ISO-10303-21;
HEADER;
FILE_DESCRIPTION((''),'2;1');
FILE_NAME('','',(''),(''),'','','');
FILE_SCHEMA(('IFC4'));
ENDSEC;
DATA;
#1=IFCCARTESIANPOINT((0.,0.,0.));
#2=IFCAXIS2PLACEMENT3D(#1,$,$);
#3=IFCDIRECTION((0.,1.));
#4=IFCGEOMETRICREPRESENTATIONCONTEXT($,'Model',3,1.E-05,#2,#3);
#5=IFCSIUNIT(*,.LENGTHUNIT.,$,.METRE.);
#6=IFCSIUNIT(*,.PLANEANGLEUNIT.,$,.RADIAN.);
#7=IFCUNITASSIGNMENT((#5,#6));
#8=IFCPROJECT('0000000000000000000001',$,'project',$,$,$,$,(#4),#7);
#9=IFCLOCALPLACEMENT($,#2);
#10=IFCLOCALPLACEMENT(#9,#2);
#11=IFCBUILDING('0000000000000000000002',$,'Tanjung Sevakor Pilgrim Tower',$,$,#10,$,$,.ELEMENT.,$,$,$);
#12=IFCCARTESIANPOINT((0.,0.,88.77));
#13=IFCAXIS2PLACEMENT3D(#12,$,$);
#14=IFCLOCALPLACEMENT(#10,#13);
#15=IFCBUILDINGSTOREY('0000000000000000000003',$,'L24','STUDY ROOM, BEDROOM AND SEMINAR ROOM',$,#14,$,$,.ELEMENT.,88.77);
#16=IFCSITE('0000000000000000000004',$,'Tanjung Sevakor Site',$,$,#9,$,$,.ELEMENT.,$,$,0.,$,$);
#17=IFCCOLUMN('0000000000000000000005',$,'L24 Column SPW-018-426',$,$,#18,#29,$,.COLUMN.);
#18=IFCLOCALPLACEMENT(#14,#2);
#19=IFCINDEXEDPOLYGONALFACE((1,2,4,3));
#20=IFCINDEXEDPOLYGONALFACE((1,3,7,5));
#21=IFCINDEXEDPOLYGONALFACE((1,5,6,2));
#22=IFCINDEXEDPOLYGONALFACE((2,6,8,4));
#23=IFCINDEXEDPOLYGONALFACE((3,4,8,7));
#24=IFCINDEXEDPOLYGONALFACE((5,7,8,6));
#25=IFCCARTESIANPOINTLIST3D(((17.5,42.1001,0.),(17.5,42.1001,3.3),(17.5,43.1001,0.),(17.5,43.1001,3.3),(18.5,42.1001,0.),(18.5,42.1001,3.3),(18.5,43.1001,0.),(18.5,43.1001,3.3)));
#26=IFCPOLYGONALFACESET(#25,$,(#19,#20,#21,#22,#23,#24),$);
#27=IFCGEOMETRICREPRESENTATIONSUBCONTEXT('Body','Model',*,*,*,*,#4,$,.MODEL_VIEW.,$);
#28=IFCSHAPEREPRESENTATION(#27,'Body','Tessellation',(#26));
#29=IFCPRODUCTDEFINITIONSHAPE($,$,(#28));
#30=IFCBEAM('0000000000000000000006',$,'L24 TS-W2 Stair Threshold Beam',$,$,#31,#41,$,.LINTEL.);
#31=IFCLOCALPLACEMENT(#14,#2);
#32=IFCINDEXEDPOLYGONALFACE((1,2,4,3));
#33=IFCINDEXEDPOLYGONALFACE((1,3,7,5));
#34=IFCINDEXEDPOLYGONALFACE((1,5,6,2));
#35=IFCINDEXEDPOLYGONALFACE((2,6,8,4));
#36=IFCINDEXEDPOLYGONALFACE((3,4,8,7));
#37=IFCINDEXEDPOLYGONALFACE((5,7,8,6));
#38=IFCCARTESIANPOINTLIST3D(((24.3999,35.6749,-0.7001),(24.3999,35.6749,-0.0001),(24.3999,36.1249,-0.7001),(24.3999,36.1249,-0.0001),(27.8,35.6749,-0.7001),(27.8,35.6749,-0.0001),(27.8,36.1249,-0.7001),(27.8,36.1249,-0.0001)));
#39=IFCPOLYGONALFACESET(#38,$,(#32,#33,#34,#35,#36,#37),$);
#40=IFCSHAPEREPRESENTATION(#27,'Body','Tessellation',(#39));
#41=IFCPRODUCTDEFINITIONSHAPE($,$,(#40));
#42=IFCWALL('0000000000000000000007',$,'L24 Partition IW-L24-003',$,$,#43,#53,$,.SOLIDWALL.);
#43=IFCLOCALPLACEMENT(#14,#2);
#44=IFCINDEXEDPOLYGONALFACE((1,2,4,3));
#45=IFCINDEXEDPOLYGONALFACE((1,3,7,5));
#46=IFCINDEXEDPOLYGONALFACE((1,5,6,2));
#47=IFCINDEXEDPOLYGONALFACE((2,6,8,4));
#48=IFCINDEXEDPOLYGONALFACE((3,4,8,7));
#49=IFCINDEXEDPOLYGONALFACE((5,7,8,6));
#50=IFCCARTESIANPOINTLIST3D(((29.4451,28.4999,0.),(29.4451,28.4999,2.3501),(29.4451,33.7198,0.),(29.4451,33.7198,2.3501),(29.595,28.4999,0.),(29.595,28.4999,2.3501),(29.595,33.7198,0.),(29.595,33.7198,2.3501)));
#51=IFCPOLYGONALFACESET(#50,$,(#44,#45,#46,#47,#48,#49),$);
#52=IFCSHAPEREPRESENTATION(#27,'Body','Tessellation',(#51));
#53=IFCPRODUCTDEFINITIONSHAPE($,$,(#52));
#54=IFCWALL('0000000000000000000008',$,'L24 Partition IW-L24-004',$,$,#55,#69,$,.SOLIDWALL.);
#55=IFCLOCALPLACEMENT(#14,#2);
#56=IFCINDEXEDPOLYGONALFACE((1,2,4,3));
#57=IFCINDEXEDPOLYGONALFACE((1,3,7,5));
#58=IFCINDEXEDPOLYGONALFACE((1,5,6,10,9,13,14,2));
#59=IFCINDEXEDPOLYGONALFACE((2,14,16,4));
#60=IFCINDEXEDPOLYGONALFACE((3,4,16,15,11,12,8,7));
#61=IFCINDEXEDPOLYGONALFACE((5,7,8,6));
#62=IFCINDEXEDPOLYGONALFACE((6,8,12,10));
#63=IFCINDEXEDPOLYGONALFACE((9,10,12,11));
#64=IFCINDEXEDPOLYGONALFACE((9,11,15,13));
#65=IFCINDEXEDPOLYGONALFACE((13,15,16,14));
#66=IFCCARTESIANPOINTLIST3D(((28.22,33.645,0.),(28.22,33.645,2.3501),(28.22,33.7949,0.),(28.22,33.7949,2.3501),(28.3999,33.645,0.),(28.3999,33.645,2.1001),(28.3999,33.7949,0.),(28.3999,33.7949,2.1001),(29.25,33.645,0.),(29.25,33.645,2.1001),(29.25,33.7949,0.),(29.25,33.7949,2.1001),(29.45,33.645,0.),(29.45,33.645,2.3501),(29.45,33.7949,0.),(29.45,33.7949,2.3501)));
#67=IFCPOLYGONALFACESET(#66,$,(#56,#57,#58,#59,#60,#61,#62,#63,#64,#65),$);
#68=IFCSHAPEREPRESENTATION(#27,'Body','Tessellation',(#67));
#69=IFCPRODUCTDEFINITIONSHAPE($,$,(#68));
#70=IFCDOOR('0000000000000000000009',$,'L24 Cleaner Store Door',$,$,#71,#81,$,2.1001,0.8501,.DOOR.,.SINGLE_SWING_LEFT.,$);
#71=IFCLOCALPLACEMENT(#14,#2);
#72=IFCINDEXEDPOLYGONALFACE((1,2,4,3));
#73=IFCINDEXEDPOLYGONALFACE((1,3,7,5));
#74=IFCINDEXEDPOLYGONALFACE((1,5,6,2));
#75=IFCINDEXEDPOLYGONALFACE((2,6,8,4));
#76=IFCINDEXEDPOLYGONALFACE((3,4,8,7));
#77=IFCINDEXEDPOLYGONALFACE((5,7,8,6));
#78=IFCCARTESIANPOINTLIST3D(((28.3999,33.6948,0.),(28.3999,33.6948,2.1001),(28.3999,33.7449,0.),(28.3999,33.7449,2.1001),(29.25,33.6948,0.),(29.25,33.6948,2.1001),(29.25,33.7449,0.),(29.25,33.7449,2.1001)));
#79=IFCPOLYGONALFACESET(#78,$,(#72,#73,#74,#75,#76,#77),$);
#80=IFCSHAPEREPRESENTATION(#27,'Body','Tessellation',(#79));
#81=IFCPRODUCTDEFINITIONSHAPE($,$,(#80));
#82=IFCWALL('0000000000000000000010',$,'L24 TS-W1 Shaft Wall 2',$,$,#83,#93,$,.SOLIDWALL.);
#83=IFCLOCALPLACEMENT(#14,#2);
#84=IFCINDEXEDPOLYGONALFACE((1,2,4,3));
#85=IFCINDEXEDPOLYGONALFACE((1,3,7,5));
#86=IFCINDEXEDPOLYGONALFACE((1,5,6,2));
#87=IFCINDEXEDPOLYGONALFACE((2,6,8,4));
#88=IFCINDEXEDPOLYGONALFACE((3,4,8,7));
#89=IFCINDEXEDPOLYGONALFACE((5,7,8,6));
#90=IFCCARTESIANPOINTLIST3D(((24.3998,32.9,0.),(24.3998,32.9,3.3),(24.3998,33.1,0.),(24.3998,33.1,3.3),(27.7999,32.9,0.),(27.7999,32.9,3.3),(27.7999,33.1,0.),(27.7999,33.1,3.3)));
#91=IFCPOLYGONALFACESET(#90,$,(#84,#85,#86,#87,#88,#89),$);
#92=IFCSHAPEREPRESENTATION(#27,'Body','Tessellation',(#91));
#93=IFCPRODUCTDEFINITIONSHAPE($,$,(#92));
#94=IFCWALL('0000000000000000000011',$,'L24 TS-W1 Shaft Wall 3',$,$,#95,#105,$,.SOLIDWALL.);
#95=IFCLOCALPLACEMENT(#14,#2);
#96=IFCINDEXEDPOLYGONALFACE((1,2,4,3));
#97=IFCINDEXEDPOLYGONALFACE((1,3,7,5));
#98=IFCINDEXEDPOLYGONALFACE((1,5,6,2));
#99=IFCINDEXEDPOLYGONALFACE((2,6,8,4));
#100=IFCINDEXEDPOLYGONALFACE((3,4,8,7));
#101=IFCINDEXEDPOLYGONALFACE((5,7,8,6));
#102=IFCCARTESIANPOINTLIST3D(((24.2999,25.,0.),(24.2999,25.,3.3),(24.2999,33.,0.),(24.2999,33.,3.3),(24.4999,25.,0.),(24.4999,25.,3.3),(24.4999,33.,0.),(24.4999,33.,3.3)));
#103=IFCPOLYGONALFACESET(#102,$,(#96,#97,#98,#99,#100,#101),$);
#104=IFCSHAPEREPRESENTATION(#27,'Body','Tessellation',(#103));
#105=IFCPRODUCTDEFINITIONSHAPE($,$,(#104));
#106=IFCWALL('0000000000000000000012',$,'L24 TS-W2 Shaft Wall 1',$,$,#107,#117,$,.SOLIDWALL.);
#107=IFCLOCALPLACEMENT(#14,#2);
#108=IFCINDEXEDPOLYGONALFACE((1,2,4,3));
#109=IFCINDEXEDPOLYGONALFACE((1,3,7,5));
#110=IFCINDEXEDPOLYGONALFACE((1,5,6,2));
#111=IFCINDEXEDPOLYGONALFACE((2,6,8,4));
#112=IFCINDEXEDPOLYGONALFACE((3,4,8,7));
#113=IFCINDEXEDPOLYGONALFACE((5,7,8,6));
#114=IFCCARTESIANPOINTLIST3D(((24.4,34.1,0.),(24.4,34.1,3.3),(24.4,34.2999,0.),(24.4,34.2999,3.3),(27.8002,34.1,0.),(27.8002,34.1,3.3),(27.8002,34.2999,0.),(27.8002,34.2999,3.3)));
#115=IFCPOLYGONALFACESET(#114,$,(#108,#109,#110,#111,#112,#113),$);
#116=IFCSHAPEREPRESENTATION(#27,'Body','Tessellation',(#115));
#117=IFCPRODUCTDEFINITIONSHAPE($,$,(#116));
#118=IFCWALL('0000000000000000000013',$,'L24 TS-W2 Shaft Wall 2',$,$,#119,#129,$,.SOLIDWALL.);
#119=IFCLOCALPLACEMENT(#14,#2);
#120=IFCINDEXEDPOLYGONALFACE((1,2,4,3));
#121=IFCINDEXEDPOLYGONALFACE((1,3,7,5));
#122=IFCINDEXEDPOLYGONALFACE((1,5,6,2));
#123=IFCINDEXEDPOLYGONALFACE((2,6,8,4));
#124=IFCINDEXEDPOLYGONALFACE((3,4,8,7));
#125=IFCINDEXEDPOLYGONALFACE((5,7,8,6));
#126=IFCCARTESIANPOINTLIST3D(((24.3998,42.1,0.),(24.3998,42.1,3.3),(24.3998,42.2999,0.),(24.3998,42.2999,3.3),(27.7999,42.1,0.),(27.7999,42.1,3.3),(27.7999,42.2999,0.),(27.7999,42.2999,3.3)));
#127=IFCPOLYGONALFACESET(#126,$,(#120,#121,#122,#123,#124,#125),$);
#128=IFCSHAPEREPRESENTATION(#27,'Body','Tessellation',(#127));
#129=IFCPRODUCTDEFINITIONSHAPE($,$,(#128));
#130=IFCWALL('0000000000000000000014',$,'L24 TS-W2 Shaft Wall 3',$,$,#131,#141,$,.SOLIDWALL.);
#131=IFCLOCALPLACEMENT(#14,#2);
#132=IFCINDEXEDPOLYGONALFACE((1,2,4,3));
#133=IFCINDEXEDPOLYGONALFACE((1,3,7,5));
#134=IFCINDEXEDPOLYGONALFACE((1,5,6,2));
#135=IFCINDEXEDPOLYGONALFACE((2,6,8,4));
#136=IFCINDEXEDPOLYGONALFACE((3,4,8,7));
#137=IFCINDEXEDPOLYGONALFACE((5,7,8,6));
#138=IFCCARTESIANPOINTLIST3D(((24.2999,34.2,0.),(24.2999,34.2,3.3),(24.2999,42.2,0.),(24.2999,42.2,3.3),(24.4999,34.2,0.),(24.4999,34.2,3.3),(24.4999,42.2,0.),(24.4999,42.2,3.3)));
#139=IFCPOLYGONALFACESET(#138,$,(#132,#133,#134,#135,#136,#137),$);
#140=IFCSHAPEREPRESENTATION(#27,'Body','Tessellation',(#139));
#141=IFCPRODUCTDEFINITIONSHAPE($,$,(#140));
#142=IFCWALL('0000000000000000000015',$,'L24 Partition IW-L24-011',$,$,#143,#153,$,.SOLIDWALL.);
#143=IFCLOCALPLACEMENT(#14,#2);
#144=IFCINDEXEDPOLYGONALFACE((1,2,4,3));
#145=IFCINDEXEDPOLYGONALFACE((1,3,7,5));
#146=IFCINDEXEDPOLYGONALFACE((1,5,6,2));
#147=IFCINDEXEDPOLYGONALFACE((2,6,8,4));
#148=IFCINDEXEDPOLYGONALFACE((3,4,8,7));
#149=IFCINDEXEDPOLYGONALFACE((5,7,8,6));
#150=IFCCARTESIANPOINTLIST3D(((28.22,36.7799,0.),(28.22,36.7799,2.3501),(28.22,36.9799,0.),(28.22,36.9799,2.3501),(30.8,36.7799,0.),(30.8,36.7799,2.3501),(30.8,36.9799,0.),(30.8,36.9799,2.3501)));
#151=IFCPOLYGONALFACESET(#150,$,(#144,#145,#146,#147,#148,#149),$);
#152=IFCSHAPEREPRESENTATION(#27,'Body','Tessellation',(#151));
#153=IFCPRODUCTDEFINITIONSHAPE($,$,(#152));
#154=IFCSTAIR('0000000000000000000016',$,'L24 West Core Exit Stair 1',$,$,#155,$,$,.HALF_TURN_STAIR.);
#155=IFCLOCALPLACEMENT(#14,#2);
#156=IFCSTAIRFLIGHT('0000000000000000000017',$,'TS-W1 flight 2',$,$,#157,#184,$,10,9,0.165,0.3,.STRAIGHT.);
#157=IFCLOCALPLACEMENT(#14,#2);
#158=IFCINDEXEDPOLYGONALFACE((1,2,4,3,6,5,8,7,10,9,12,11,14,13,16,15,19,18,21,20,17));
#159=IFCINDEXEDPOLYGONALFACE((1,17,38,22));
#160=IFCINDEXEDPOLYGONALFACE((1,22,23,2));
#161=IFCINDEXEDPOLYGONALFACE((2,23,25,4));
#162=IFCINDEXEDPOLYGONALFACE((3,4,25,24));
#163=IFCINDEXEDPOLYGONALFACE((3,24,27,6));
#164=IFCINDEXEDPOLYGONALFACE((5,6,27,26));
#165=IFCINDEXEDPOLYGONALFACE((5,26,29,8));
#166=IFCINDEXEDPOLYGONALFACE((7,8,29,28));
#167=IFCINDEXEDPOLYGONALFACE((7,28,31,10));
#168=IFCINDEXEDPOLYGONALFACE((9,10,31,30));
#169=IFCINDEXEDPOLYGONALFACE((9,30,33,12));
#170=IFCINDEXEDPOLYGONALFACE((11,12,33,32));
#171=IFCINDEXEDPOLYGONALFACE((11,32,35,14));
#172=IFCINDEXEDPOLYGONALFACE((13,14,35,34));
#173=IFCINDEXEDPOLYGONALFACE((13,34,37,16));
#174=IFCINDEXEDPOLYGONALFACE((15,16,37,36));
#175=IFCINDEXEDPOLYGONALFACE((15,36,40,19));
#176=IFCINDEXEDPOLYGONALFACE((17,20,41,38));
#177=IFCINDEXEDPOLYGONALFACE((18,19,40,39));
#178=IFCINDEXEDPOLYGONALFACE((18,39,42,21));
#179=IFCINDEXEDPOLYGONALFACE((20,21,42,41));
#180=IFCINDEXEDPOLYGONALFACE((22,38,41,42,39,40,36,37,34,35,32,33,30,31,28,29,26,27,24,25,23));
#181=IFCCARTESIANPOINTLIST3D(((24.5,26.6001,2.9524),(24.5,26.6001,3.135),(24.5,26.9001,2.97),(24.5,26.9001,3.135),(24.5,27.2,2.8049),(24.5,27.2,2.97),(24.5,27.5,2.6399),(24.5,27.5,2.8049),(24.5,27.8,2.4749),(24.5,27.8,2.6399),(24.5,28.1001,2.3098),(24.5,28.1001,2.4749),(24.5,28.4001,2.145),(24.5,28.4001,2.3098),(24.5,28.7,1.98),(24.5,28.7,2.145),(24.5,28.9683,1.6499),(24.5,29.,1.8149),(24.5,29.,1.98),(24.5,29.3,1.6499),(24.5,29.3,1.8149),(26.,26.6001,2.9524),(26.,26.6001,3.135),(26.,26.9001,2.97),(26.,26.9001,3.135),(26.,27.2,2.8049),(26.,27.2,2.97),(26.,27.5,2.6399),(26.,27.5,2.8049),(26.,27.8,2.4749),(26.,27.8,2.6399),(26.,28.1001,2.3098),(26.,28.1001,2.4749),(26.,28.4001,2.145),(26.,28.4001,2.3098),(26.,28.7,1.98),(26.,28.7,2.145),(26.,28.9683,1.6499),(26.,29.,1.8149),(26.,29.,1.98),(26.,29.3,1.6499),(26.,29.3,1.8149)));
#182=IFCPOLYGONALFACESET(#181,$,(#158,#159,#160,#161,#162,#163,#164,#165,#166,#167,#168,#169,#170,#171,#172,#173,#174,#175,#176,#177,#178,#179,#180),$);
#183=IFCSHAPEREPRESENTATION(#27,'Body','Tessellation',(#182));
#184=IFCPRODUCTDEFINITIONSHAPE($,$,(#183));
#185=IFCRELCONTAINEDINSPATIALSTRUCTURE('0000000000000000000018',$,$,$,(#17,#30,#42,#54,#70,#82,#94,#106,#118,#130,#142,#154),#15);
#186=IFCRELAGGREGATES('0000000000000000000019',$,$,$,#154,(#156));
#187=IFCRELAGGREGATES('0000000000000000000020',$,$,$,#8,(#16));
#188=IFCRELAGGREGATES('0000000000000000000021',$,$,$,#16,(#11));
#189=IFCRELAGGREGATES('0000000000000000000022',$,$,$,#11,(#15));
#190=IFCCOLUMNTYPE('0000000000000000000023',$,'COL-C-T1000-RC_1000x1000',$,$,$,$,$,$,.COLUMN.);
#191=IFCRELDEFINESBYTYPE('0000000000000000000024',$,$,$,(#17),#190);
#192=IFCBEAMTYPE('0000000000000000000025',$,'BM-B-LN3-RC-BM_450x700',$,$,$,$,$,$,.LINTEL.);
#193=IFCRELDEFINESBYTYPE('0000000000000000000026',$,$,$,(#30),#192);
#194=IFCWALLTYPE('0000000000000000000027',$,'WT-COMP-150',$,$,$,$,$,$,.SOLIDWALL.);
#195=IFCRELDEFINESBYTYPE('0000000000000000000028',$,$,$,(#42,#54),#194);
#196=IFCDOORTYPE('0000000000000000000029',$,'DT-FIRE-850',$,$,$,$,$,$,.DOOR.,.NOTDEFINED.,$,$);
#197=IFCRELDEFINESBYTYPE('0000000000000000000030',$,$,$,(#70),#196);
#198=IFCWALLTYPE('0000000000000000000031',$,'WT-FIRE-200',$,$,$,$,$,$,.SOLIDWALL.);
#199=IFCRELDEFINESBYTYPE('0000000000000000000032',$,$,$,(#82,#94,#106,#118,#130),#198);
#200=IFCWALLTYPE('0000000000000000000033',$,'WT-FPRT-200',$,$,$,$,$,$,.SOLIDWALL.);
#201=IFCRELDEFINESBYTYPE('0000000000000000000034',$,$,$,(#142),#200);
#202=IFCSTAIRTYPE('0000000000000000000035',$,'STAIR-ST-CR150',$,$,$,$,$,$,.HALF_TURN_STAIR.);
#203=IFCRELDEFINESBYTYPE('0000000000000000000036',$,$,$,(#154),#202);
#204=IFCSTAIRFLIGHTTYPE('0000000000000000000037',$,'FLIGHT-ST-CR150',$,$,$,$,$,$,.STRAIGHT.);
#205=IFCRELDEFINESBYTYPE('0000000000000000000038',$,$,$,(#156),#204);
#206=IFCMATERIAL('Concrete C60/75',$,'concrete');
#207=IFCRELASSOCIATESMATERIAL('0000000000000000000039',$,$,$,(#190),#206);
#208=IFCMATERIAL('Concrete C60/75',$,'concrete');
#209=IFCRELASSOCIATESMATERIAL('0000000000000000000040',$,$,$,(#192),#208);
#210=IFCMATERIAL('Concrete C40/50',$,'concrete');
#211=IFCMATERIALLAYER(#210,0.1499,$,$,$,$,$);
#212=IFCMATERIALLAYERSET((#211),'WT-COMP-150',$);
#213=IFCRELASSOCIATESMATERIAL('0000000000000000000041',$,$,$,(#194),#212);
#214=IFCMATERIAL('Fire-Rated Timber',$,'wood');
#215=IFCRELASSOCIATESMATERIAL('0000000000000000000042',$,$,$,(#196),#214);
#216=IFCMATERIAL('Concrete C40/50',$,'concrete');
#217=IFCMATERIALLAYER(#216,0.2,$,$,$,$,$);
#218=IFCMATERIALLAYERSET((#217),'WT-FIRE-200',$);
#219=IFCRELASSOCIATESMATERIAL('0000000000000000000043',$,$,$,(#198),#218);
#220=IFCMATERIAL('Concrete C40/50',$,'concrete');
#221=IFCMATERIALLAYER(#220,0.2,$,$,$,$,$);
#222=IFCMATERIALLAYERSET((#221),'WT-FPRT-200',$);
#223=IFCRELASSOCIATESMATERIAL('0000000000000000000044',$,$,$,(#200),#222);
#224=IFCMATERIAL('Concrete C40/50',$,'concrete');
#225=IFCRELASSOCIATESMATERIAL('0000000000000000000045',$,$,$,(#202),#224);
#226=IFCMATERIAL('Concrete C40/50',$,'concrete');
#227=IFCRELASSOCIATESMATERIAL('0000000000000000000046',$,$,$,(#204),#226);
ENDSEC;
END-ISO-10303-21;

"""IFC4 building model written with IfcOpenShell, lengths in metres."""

from ifc_helpers import new_model, si_unit, direction, frame, frame_2d, origin, origin_2d, place, context, subcontext, project, spatial, polyline, rectangle, outline, extrude, material, layer, layer_set, material_profile, profile_set, type_object, element, fill, aggregate, save


model = new_model("IFC4")

# Units and contexts
model_context = context("Model", 3, precision=1e-05, world=origin(), true_north=direction((0.0, 1.0)))
body_context = subcontext(model_context, "Body", "Model", "MODEL_VIEW")
ifc_project = project(units=[si_unit("LENGTHUNIT", "METRE"), si_unit("PLANEANGLEUNIT", "RADIAN")], contexts=[model_context])

# Site, building, storey
site_placement = place(None, origin())
site = spatial("IfcSite", under=ifc_project, at=site_placement, Name="Tanjung Sevakor Site", CompositionType="ELEMENT", RefElevation=0.0)
building_placement = place(site_placement, origin())
building = spatial("IfcBuilding", under=site, at=building_placement, Name="Tanjung Sevakor Pilgrim Tower", CompositionType="ELEMENT")
storey_placement = place(building_placement, frame((0.0, 0.0, 88.77)))
storey = spatial("IfcBuildingStorey", under=building, at=storey_placement, Name="L24", Description="STUDY ROOM, BEDROOM AND SEMINAR ROOM", CompositionType="ELEMENT", Elevation=88.77)

# Column
ifc_material_1 = material(Name="Concrete C60/75", Category="concrete")
ifc_material_profile_1 = material_profile(ifc_material_1, rectangle(XDim=1.0, YDim=1.0, at=origin_2d()))
ifc_profile_set_1 = profile_set([ifc_material_profile_1], Name="Concrete C60/75")
column_type = type_object("IfcColumnType", Name="COL-C-T1000-RC_1000x1000", PredefinedType="COLUMN", material=ifc_profile_set_1)
column_placement = place(storey_placement, frame((18.0, 42.6001, 0.0), z_axis=(0.0, 0.0, 1.0), x_axis=(1.0, 0.0, 0.0)))
element("IfcColumn", 1, at=column_placement, inside=storey, type_object=column_type, Name="L24 Column SPW-018-426", PredefinedType="COLUMN", context=body_context, shape_type="SweptSolid", body=[
    extrude(rectangle(XDim=1.0, YDim=1.0, at=origin_2d()), origin(), (0.0, 0.0, 1.0), 3.3),
])

# Beam
ifc_material_2 = material(Name="Concrete C60/75", Category="concrete")
ifc_material_profile_2 = material_profile(ifc_material_2, rectangle(XDim=0.45, YDim=0.7, at=origin_2d()))
ifc_profile_set_2 = profile_set([ifc_material_profile_2], Name="Concrete C60/75")
beam_type = type_object("IfcBeamType", Name="BM-B-LN3-RC-BM_450x700", PredefinedType="LINTEL", material=ifc_profile_set_2)
beam_placement = place(storey_placement, frame((24.3999, 35.8999, -0.3501), z_axis=(1.0, 0.0, 0.0), x_axis=(0.0, 1.0, 0.0)))
element("IfcBeam", 2, at=beam_placement, inside=storey, type_object=beam_type, Name="L24 TS-W2 Stair Threshold Beam", PredefinedType="LINTEL", context=body_context, shape_type="SweptSolid", body=[
    extrude(rectangle(XDim=0.45, YDim=0.7, at=origin_2d()), origin(), (0.0, 0.0, 1.0), 3.4001),
])

# Wall
ifc_material_3 = material(Name="Concrete C40/50", Category="concrete")
ifc_layer_1 = layer(ifc_material_3, 0.1499)
ifc_layer_set_1 = layer_set([ifc_layer_1], Name="WT-COMP-150")
wall_type_1 = type_object("IfcWallType", Name="WT-COMP-150", PredefinedType="SOLIDWALL", material=ifc_layer_set_1)
wall_1_placement = place(storey_placement, frame((29.52, 28.5, 0.0), z_axis=(0.0, 0.0, 1.0), x_axis=(0.0, 1.0, 0.0)))
element("IfcWall", 3, at=wall_1_placement, inside=storey, type_object=wall_type_1, Name="L24 Partition IW-L24-003", PredefinedType="SOLIDWALL", context=body_context, shape_type="SweptSolid", body=[
    extrude(rectangle(XDim=5.22, YDim=0.1499, at=frame_2d((2.6099, 0.0))), origin(), (0.0, 0.0, 1.0), 2.3501),
])

# Wall, opening, door
wall_2_placement = place(storey_placement, frame((28.22, 33.72, 0.0), z_axis=(0.0, 0.0, 1.0), x_axis=(1.0, 0.0, 0.0)))
wall_2 = element("IfcWall", 4, at=wall_2_placement, inside=storey, type_object=wall_type_1, Name="L24 Partition IW-L24-004", PredefinedType="SOLIDWALL", context=body_context, shape_type="SweptSolid", body=[
    extrude(rectangle(XDim=1.23, YDim=0.1499, at=frame_2d((0.615, 0.0))), origin(), (0.0, 0.0, 1.0), 2.3501),
])
opening_1_placement = place(wall_2_placement, frame((0.1799, 0.0, 0.0)))
opening_1 = element("IfcOpeningElement", 5, at=opening_1_placement, cuts=wall_2, PredefinedType="OPENING", context=body_context, shape_type="SweptSolid", body=[
    extrude(rectangle(XDim=0.8501, YDim=2.1001, at=frame_2d((0.425, 1.05))), frame((0.0, 0.085, 0.0), z_axis=(0.0, -1.0, 0.0), x_axis=(1.0, 0.0, 0.0)), (0.0, 0.0, 1.0), 0.1699),
])
ifc_material_4 = material(Name="Fire-Rated Timber", Category="wood")
door_type_1 = type_object("IfcDoorType", Name="DT-FIRE-850", OperationType="NOTDEFINED", PredefinedType="DOOR", material=ifc_material_4)
door_1_placement = place(opening_1_placement, origin())
door_1 = element("IfcDoor", 6, at=door_1_placement, inside=storey, type_object=door_type_1, Name="L24 Cleaner Store Door", OperationType="SINGLE_SWING_LEFT", OverallHeight=2.1001, OverallWidth=0.8501, PredefinedType="DOOR", context=body_context, shape_type="SweptSolid", body=[
    extrude(rectangle(XDim=0.8501, YDim=2.1001, at=frame_2d((0.425, 1.05))), frame((0.0, 0.0249, 0.0), z_axis=(0.0, -1.0, 0.0), x_axis=(1.0, 0.0, 0.0)), (0.0, 0.0, 1.0), 0.05),
])
fill(opening_1, door_1)

# Walls
ifc_material_5 = material(Name="Concrete C40/50", Category="concrete")
ifc_layer_2 = layer(ifc_material_5, 0.2)
ifc_layer_set_2 = layer_set([ifc_layer_2], Name="WT-FIRE-200")
wall_type_2 = type_object("IfcWallType", Name="WT-FIRE-200", PredefinedType="SOLIDWALL", material=ifc_layer_set_2)
wall_3_placement = place(storey_placement, frame((27.8, 33.0, 0.0), z_axis=(0.0, 0.0, 1.0), x_axis=(-1.0, 0.0, 0.0)))
element("IfcWall", 7, at=wall_3_placement, inside=storey, type_object=wall_type_2, Name="L24 TS-W1 Shaft Wall 2", PredefinedType="SOLIDWALL", context=body_context, shape_type="SweptSolid", body=[
    extrude(rectangle(XDim=3.4001, YDim=0.2, at=frame_2d((1.7002, 0.0))), origin(), (0.0, 0.0, 1.0), 3.3),
])
wall_4_placement = place(storey_placement, frame((24.3999, 33.0, 0.0), z_axis=(0.0, 0.0, 1.0), x_axis=(0.0, -1.0, 0.0)))
element("IfcWall", 8, at=wall_4_placement, inside=storey, type_object=wall_type_2, Name="L24 TS-W1 Shaft Wall 3", PredefinedType="SOLIDWALL", context=body_context, shape_type="SweptSolid", body=[
    extrude(rectangle(XDim=8.0, YDim=0.2, at=frame_2d((4.0, 0.0))), origin(), (0.0, 0.0, 1.0), 3.3),
])
for number, where, z_axis, x_axis, name in (
    (9, (24.3999, 34.2, 0.0), (0.0, 0.0, 1.0), (1.0, 0.0, 0.0), "L24 TS-W2 Shaft Wall 1"),
    (10, (27.8, 42.2, 0.0), (0.0, 0.0, 1.0), (-1.0, 0.0, 0.0), "L24 TS-W2 Shaft Wall 2"),
):
    element("IfcWall", number, at=place(storey_placement, frame(where, z_axis=z_axis, x_axis=x_axis)), inside=storey, type_object=wall_type_2, Name=name, PredefinedType="SOLIDWALL", context=body_context, shape_type="SweptSolid", body=[
        extrude(rectangle(XDim=3.4001, YDim=0.2, at=frame_2d((1.7002, 0.0))), origin(), (0.0, 0.0, 1.0), 3.3),
    ])
wall_5_placement = place(storey_placement, frame((24.3999, 42.2, 0.0), z_axis=(0.0, 0.0, 1.0), x_axis=(0.0, -1.0, 0.0)))
element("IfcWall", 11, at=wall_5_placement, inside=storey, type_object=wall_type_2, Name="L24 TS-W2 Shaft Wall 3", PredefinedType="SOLIDWALL", context=body_context, shape_type="SweptSolid", body=[
    extrude(rectangle(XDim=8.0, YDim=0.2, at=frame_2d((4.0, 0.0))), origin(), (0.0, 0.0, 1.0), 3.3),
])

# Shared definitions
ifc_material_6 = material(Name="Concrete C40/50", Category="concrete")
ifc_layer_3 = layer(ifc_material_6, 0.2)
ifc_layer_set_3 = layer_set([ifc_layer_3], Name="WT-FPRT-200")
wall_type_3 = type_object("IfcWallType", Name="WT-FPRT-200", PredefinedType="SOLIDWALL", material=ifc_layer_set_3)

# Wall
wall_6_placement = place(storey_placement, frame((28.22, 36.8799, 0.0), z_axis=(0.0, 0.0, 1.0), x_axis=(1.0, 0.0, 0.0)))
element("IfcWall", 12, at=wall_6_placement, inside=storey, type_object=wall_type_3, Name="L24 Partition IW-L24-011", PredefinedType="SOLIDWALL", context=body_context, shape_type="SweptSolid", body=[
    extrude(rectangle(XDim=2.5801, YDim=0.2, at=frame_2d((1.29, 0.0))), origin(), (0.0, 0.0, 1.0), 2.3501),
])

# Stair, stair flight
ifc_material_7 = material(Name="Concrete C40/50", Category="concrete")
stair_type = type_object("IfcStairType", Name="STAIR-ST-CR150", PredefinedType="HALF_TURN_STAIR", material=ifc_material_7)
stair_1_placement = place(storey_placement, origin())
stair_1 = element("IfcStair", 13, at=stair_1_placement, inside=storey, type_object=stair_type, Name="L24 West Core Exit Stair 1", PredefinedType="HALF_TURN_STAIR")
ifc_material_8 = material(Name="Concrete C40/50", Category="concrete")
stair_flight_type = type_object("IfcStairFlightType", Name="FLIGHT-ST-CR150", PredefinedType="STRAIGHT", material=ifc_material_8)
stair_flight_1_placement = place(storey_placement, frame((25.25, 29.3, 1.6499), z_axis=(0.0, 0.0, 1.0), x_axis=(0.0, -1.0, 0.0)))
stair_flight_1 = element("IfcStairFlight", 14, at=stair_flight_1_placement, type_object=stair_flight_type, Name="TS-W1 flight 2", NumberOfRisers=10, NumberOfTreads=9, PredefinedType="STRAIGHT", RiserHeight=0.165, TreadLength=0.3, context=body_context, shape_type="SweptSolid", body=[
    extrude(outline(polyline([(0.0, 0.0), (0.0, 0.165), (0.3, 0.165), (0.3, 0.3301), (0.6001, 0.3301), (0.6001, 0.4951), (0.8999, 0.4951), (0.8999, 0.6599), (1.2, 0.6599), (1.2, 0.825), (1.5, 0.825), (1.5, 0.99), (1.8, 0.99), (1.8, 1.155), (2.1001, 1.155), (2.1001, 1.3201), (2.3999, 1.3201), (2.3999, 1.4851), (2.7, 1.4851), (2.7, 1.6499), (2.7, 1.3025), (0.3318, 0.0), (0.0, 0.0)])), frame((0.0, 0.75, 0.0), z_axis=(0.0, -1.0, 0.0), x_axis=(1.0, 0.0, 0.0)), (0.0, 0.0, 1.0), 1.5),
])
aggregate(stair_1, [stair_flight_1])

save(model, "model.ifc")
